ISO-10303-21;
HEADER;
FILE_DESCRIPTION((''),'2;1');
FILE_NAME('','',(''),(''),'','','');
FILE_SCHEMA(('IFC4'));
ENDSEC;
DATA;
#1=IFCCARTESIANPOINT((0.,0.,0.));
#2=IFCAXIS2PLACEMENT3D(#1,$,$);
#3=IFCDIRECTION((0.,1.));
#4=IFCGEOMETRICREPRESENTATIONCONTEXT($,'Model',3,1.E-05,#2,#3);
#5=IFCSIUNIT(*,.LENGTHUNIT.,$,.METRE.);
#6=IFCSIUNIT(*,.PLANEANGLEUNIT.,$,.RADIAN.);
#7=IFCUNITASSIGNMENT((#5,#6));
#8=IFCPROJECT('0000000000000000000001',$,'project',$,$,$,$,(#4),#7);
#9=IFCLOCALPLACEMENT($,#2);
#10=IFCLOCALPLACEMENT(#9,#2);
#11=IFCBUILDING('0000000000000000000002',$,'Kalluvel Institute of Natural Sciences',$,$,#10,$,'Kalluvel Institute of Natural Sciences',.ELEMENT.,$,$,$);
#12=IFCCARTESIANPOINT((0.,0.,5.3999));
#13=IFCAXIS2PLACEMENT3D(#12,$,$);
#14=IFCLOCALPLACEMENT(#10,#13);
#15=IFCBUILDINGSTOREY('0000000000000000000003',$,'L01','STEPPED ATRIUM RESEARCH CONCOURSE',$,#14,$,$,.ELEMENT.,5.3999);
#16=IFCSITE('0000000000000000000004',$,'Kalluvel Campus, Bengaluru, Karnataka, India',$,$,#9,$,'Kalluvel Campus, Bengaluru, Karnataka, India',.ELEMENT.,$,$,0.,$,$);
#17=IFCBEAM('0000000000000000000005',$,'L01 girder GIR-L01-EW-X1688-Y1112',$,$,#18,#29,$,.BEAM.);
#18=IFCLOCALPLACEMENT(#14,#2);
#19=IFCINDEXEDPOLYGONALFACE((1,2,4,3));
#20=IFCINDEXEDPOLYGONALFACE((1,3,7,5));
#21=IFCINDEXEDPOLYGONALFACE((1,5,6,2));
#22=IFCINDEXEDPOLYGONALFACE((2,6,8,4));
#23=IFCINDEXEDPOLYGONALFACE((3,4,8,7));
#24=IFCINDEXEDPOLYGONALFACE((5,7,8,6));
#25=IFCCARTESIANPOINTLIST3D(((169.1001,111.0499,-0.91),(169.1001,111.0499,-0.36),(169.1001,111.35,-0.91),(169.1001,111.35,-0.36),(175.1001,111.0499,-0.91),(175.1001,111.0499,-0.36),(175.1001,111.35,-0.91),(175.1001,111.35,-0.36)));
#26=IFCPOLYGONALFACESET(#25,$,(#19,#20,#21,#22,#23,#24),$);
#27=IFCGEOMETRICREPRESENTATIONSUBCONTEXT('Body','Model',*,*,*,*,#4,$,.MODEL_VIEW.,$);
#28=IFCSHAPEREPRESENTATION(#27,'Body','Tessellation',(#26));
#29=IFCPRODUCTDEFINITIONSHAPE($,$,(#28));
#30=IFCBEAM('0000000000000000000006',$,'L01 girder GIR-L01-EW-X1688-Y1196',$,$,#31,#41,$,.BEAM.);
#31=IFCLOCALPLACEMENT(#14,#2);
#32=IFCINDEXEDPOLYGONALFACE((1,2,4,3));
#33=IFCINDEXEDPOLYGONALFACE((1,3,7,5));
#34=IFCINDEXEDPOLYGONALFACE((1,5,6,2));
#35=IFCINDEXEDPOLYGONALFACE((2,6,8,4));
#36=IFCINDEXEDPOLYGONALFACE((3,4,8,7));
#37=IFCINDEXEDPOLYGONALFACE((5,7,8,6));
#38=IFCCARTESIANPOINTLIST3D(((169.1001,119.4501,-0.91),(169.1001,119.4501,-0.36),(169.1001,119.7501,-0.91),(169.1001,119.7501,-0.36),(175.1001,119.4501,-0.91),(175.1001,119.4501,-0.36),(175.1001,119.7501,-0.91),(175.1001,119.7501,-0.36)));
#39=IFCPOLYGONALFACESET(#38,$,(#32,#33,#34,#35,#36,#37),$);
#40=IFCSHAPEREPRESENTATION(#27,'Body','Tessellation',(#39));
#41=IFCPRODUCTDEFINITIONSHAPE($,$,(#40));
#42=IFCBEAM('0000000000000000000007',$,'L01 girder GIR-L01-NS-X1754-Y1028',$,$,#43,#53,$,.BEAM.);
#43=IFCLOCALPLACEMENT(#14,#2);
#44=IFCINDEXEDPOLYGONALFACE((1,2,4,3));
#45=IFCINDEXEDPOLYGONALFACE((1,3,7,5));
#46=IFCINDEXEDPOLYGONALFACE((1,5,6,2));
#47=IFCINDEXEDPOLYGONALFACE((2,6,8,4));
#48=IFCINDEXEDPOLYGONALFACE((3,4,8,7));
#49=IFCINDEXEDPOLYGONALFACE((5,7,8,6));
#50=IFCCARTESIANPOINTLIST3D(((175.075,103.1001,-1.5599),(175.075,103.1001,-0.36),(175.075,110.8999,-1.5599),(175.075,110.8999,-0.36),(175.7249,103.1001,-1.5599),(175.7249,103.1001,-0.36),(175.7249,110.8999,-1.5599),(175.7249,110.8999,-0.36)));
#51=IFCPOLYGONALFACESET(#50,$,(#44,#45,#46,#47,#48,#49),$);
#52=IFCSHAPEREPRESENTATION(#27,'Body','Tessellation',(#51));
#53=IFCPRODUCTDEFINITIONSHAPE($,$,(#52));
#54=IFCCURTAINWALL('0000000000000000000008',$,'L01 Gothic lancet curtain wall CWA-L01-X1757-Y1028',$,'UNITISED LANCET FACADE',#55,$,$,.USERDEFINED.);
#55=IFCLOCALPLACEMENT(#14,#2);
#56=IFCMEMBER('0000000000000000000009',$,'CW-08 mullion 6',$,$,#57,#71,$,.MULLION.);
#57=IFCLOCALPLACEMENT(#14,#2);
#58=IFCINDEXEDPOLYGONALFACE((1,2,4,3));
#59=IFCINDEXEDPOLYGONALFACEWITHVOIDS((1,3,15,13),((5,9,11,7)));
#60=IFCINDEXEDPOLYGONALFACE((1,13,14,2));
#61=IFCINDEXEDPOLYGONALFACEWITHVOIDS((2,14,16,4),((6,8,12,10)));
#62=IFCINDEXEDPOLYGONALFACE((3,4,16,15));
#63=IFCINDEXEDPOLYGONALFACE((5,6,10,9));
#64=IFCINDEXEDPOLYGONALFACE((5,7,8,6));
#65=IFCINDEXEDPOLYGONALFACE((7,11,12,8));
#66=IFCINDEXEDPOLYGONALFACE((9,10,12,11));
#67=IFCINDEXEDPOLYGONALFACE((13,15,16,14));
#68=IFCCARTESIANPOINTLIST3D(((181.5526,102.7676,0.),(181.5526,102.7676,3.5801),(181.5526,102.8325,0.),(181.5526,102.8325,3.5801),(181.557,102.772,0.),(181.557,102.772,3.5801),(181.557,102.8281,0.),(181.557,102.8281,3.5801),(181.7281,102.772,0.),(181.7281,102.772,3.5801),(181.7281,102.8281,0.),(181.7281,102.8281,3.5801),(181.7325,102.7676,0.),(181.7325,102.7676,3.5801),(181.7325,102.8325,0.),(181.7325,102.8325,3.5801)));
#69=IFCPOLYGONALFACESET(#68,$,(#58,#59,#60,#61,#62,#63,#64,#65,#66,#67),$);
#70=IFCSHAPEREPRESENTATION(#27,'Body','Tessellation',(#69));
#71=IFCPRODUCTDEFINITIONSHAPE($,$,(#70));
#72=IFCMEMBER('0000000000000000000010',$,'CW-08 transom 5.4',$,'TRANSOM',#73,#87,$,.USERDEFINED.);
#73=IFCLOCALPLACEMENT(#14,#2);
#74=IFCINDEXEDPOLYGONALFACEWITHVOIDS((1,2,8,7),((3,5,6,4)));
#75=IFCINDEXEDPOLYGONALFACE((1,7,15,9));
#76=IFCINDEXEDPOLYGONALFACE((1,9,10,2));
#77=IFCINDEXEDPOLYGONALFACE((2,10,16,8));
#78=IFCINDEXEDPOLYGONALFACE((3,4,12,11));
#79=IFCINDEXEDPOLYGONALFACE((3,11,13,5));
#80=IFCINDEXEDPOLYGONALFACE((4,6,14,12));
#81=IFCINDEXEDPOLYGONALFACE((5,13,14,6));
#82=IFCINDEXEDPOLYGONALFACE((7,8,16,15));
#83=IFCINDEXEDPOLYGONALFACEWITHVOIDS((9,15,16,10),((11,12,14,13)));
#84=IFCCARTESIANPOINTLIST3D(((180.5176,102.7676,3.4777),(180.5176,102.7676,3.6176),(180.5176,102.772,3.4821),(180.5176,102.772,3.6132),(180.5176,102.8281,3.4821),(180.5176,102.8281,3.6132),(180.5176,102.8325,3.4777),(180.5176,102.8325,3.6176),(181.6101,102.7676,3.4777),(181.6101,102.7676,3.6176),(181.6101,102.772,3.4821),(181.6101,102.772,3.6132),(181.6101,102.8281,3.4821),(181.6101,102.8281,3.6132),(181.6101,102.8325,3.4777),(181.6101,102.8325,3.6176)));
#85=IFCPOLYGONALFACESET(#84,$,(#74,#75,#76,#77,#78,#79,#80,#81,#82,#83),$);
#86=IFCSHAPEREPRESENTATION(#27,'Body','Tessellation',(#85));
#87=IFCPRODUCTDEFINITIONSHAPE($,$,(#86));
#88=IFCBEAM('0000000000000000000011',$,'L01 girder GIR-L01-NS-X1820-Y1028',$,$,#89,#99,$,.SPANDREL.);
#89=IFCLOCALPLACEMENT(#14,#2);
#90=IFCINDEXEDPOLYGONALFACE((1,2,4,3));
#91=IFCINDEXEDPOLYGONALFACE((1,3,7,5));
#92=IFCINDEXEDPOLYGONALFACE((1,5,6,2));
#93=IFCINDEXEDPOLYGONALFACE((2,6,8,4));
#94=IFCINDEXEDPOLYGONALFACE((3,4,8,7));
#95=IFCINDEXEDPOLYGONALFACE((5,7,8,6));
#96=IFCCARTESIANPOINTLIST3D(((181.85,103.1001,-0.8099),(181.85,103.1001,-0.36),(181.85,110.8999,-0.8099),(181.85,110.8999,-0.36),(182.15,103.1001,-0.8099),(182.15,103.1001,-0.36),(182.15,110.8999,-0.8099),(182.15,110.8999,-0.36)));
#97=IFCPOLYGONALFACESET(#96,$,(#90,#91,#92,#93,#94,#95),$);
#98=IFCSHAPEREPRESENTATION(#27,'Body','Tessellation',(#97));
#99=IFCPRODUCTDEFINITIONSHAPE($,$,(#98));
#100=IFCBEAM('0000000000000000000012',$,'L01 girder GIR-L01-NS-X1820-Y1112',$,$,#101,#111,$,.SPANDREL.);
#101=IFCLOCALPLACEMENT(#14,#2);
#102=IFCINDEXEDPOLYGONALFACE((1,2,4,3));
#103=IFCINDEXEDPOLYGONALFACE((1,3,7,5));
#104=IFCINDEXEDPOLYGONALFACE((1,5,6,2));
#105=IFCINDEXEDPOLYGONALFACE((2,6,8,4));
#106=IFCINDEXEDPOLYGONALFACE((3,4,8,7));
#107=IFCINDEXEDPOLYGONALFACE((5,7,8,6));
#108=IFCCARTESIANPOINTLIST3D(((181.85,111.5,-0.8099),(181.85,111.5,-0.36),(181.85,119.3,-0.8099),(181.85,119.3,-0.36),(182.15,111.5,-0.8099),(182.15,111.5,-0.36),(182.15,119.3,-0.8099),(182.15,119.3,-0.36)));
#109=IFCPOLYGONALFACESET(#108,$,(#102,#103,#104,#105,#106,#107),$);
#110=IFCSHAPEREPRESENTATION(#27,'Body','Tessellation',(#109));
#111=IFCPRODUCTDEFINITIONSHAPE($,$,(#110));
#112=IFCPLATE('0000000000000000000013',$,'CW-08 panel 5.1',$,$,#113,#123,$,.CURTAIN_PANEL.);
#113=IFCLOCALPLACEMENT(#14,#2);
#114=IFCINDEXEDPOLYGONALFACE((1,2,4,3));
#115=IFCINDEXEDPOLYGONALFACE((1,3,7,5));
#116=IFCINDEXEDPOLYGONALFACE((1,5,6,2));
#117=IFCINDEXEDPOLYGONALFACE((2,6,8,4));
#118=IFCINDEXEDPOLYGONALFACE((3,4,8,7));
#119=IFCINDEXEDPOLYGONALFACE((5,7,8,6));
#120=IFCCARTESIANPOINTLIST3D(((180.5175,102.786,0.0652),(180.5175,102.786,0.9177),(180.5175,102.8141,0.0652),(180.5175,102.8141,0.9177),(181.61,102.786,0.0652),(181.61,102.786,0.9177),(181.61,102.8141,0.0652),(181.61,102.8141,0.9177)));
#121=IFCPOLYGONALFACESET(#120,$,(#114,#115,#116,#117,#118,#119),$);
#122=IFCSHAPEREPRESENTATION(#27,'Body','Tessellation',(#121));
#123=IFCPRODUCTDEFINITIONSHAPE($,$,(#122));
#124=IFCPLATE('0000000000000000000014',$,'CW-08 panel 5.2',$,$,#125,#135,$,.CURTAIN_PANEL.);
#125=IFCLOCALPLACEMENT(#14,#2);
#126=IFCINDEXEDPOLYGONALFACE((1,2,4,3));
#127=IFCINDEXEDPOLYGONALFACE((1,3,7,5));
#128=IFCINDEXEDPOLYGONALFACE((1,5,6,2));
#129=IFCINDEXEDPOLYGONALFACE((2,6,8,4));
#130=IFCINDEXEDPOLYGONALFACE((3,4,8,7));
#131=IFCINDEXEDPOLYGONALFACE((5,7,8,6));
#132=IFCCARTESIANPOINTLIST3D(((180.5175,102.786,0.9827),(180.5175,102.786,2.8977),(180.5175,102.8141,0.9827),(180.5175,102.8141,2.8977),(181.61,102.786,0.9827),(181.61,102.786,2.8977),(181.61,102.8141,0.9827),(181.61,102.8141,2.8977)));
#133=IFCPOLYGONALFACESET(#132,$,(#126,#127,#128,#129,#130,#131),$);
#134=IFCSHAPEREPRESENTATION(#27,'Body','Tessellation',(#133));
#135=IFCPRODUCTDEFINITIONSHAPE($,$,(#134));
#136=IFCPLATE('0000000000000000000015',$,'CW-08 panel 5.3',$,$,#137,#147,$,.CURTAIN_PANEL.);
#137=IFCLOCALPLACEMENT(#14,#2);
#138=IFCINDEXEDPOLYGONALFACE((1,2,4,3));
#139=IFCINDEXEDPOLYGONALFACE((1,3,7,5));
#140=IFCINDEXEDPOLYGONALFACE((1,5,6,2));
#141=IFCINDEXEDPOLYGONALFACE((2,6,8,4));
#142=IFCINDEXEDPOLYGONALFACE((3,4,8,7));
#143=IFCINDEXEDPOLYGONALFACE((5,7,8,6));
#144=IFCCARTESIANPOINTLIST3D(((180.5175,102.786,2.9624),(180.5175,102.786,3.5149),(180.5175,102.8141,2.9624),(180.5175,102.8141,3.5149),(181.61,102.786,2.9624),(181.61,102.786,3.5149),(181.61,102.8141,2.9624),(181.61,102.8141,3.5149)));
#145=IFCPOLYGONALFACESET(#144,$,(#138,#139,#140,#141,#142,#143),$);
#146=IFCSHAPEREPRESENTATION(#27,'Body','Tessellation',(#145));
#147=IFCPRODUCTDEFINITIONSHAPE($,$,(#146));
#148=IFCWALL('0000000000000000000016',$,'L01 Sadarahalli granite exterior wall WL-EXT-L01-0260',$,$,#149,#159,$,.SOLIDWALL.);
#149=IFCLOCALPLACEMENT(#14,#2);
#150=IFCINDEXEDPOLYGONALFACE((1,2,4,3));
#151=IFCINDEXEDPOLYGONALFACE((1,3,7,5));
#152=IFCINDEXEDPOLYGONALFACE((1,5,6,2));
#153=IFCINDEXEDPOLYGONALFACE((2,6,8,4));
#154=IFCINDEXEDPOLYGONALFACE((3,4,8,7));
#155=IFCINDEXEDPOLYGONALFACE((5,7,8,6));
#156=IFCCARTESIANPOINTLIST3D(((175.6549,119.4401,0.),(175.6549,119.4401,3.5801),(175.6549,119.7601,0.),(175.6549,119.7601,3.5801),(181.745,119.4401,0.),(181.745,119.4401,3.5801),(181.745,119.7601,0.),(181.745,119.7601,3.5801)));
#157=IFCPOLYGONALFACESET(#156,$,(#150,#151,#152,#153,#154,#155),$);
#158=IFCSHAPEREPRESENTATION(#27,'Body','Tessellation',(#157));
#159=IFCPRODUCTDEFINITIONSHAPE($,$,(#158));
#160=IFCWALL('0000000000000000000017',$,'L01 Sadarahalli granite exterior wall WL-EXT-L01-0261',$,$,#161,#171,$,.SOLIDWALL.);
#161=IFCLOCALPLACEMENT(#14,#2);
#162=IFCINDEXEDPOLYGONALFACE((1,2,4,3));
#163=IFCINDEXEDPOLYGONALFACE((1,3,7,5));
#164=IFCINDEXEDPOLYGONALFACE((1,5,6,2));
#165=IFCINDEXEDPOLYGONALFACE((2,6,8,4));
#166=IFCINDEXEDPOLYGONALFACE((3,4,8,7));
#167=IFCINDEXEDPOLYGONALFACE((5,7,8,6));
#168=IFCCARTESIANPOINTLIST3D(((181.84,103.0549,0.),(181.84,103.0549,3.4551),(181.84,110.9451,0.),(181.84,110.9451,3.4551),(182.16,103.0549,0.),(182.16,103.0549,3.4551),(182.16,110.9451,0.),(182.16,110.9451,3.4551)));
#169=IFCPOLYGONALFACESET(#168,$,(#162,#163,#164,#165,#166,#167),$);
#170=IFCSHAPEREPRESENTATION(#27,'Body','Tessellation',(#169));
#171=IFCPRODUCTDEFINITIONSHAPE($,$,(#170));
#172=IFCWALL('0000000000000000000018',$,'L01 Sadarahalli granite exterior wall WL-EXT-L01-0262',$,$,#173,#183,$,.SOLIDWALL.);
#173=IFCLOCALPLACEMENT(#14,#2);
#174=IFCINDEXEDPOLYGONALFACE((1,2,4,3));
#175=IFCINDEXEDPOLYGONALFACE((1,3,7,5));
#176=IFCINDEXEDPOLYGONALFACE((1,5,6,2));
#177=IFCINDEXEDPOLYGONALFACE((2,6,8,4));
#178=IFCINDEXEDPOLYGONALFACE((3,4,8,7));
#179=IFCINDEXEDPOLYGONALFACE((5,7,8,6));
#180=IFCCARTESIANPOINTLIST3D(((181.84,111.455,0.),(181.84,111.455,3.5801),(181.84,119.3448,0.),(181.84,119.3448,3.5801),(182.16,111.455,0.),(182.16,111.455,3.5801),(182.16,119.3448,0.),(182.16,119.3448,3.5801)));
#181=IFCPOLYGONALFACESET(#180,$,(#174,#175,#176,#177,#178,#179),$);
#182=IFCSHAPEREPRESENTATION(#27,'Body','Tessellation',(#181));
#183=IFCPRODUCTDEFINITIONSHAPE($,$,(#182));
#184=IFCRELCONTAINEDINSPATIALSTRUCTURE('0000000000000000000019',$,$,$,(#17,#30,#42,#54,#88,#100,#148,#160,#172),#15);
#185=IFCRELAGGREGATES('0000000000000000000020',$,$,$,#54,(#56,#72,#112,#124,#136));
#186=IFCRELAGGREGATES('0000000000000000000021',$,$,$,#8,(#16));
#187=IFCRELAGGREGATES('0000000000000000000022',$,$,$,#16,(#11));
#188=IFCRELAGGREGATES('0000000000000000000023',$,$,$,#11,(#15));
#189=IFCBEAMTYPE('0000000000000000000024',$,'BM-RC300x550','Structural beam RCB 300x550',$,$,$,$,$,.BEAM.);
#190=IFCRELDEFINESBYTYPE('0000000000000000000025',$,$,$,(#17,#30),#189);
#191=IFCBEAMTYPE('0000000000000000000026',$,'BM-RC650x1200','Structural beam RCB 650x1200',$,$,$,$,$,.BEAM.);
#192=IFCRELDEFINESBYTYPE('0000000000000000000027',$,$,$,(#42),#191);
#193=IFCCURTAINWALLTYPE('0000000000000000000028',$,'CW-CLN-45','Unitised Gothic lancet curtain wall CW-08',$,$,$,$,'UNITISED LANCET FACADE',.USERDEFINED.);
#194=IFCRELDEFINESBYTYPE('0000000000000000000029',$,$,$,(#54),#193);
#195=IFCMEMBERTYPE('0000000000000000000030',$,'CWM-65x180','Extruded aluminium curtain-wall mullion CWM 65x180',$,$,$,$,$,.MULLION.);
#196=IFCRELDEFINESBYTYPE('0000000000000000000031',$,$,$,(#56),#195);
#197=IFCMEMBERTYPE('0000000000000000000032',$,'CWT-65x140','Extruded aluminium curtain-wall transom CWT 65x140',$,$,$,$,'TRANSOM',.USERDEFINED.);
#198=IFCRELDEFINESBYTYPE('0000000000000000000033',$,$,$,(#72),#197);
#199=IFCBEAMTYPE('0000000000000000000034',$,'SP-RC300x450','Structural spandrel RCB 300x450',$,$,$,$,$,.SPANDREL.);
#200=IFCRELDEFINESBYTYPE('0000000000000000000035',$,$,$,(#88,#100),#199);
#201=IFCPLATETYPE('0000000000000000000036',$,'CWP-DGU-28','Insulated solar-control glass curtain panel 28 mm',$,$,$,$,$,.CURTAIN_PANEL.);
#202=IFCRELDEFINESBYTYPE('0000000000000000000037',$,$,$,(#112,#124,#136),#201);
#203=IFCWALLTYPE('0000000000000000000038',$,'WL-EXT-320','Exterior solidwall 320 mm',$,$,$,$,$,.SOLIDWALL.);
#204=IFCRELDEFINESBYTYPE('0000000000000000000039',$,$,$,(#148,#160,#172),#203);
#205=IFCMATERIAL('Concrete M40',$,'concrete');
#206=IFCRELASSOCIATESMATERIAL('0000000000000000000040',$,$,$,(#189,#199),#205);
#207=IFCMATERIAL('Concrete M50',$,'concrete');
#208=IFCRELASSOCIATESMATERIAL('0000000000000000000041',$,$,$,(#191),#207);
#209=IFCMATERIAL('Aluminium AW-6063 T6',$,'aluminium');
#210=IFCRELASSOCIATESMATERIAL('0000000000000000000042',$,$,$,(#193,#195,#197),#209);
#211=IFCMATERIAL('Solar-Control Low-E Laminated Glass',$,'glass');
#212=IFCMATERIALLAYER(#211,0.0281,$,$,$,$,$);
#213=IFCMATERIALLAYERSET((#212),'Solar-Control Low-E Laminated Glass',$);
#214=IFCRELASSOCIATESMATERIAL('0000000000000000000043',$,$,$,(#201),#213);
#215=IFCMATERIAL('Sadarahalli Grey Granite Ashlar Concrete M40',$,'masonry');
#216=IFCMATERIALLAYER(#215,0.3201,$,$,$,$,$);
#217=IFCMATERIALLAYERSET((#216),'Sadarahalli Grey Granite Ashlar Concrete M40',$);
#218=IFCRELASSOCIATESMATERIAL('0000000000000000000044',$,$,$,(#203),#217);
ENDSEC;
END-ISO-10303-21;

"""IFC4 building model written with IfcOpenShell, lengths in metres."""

from ifc_helpers import new_model, si_unit, direction, frame, frame_2d, origin, origin_2d, place, context, subcontext, project, spatial, rectangle, hollow_rectangle, extrude, material, layer, layer_set, material_profile, profile_set, type_object, element, aggregate, save


model = new_model("IFC4")

# Units and contexts
model_context = context("Model", 3, precision=1e-05, world=origin(), true_north=direction((0.0, 1.0)))
body_context = subcontext(model_context, "Body", "Model", "MODEL_VIEW")
ifc_project = project(units=[si_unit("LENGTHUNIT", "METRE"), si_unit("PLANEANGLEUNIT", "RADIAN")], contexts=[model_context])

# Site, building, storey
site_placement = place(None, origin())
site = spatial("IfcSite", under=ifc_project, at=site_placement, Name="Kalluvel Campus, Bengaluru, Karnataka, India", LongName="Kalluvel Campus, Bengaluru, Karnataka, India", CompositionType="ELEMENT", RefElevation=0.0)
building_placement = place(site_placement, origin())
building = spatial("IfcBuilding", under=site, at=building_placement, Name="Kalluvel Institute of Natural Sciences", LongName="Kalluvel Institute of Natural Sciences", CompositionType="ELEMENT")
storey_placement = place(building_placement, frame((0.0, 0.0, 5.3999)))
storey = spatial("IfcBuildingStorey", under=building, at=storey_placement, Name="L01", Description="STEPPED ATRIUM RESEARCH CONCOURSE", CompositionType="ELEMENT", Elevation=5.3999)

# Shared definitions
ifc_material_1 = material(Name="Concrete M40", Category="concrete")

# Beams
ifc_material_profile_1 = material_profile(ifc_material_1, rectangle(XDim=0.3, YDim=0.55, at=origin_2d()), Name="RCB 300x550")
ifc_profile_set_1 = profile_set([ifc_material_profile_1], Name="Concrete M40")
beam_type_1 = type_object("IfcBeamType", Name="BM-RC300x550", Description="Structural beam RCB 300x550", PredefinedType="BEAM", material=ifc_profile_set_1)
for number, where, z_axis, x_axis, name in (
    (1, (169.1001, 111.2, -0.635), (1.0, 0.0, 0.0), (0.0, 1.0, 0.0), "L01 girder GIR-L01-EW-X1688-Y1112"),
    (2, (169.1001, 119.6001, -0.635), (1.0, 0.0, 0.0), (0.0, 1.0, 0.0), "L01 girder GIR-L01-EW-X1688-Y1196"),
):
    element("IfcBeam", number, at=place(storey_placement, frame(where, z_axis=z_axis, x_axis=x_axis)), inside=storey, type_object=beam_type_1, Name=name, PredefinedType="BEAM", context=body_context, shape_type="SweptSolid", body=[
        extrude(rectangle(XDim=0.3, YDim=0.55, at=origin_2d()), origin(), (0.0, 0.0, 1.0), 6.0),
    ])
ifc_material_2 = material(Name="Concrete M50", Category="concrete")
ifc_material_profile_2 = material_profile(ifc_material_2, rectangle(XDim=0.6499, YDim=1.2, at=origin_2d()), Name="RCB 650x1200")
ifc_profile_set_2 = profile_set([ifc_material_profile_2], Name="Concrete M50")
beam_type_2 = type_object("IfcBeamType", Name="BM-RC650x1200", Description="Structural beam RCB 650x1200", PredefinedType="BEAM", material=ifc_profile_set_2)
beam_1_placement = place(storey_placement, frame((175.3999, 103.1001, -0.96), z_axis=(0.0, 1.0, 0.0), x_axis=(-1.0, 0.0, 0.0)))
element("IfcBeam", 3, at=beam_1_placement, inside=storey, type_object=beam_type_2, Name="L01 girder GIR-L01-NS-X1754-Y1028", PredefinedType="BEAM", context=body_context, shape_type="SweptSolid", body=[
    extrude(rectangle(XDim=0.6499, YDim=1.2, at=origin_2d()), origin(), (0.0, 0.0, 1.0), 7.7998),
])

# Curtain wall, members
ifc_material_3 = material(Name="Aluminium AW-6063 T6", Category="aluminium")
curtain_wall_type = type_object("IfcCurtainWallType", Name="CW-CLN-45", Description="Unitised Gothic lancet curtain wall CW-08", ElementType="UNITISED LANCET FACADE", PredefinedType="USERDEFINED", material=ifc_material_3)
curtain_wall_placement = place(storey_placement, origin())
curtain_wall = element("IfcCurtainWall", 4, at=curtain_wall_placement, inside=storey, type_object=curtain_wall_type, Name="L01 Gothic lancet curtain wall CWA-L01-X1757-Y1028", ObjectType="UNITISED LANCET FACADE", PredefinedType="USERDEFINED")
ifc_material_profile_3 = material_profile(ifc_material_3, hollow_rectangle(XDim=0.0649, YDim=0.1799, WallThickness=0.0044, at=origin_2d()), Name="CWM 65x180")
ifc_profile_set_3 = profile_set([ifc_material_profile_3], Name="Aluminium AW-6063 T6")
member_type_1 = type_object("IfcMemberType", Name="CWM-65x180", Description="Extruded aluminium curtain-wall mullion CWM 65x180", PredefinedType="MULLION", material=ifc_profile_set_3)
member_1_placement = place(storey_placement, frame((181.6426, 102.8, 0.0), z_axis=(0.0, 0.0, 1.0), x_axis=(0.0, 1.0, 0.0)))
member_1 = element("IfcMember", 5, at=member_1_placement, type_object=member_type_1, Name="CW-08 mullion 6", PredefinedType="MULLION", context=body_context, shape_type="SweptSolid", body=[
    extrude(hollow_rectangle(XDim=0.0649, YDim=0.1799, WallThickness=0.0044, at=origin_2d()), origin(), (0.0, 0.0, 1.0), 3.5801),
])
ifc_material_profile_4 = material_profile(ifc_material_3, hollow_rectangle(XDim=0.0649, YDim=0.1399, WallThickness=0.0044, at=origin_2d()), Name="CWT 65x140")
ifc_profile_set_4 = profile_set([ifc_material_profile_4], Name="Aluminium AW-6063 T6")
member_type_2 = type_object("IfcMemberType", Name="CWT-65x140", Description="Extruded aluminium curtain-wall transom CWT 65x140", ElementType="TRANSOM", PredefinedType="USERDEFINED", material=ifc_profile_set_4)
member_2_placement = place(storey_placement, frame((180.5176, 102.8, 3.5476), z_axis=(1.0, 0.0, 0.0), x_axis=(0.0, 1.0, 0.0)))
member_2 = element("IfcMember", 6, at=member_2_placement, type_object=member_type_2, Name="CW-08 transom 5.4", ObjectType="TRANSOM", PredefinedType="USERDEFINED", context=body_context, shape_type="SweptSolid", body=[
    extrude(hollow_rectangle(XDim=0.0649, YDim=0.1399, WallThickness=0.0044, at=origin_2d()), origin(), (0.0, 0.0, 1.0), 1.0925),
])

# Beams
ifc_material_profile_5 = material_profile(ifc_material_1, rectangle(XDim=0.3, YDim=0.45, at=origin_2d()), Name="RCB 300x450")
ifc_profile_set_5 = profile_set([ifc_material_profile_5], Name="Concrete M40")
beam_type_3 = type_object("IfcBeamType", Name="SP-RC300x450", Description="Structural spandrel RCB 300x450", PredefinedType="SPANDREL", material=ifc_profile_set_5)
beam_2_placement = place(storey_placement, frame((182.0, 103.1001, -0.585), z_axis=(0.0, 1.0, 0.0), x_axis=(-1.0, 0.0, 0.0)))
element("IfcBeam", 7, at=beam_2_placement, inside=storey, type_object=beam_type_3, Name="L01 girder GIR-L01-NS-X1820-Y1028", PredefinedType="SPANDREL", context=body_context, shape_type="SweptSolid", body=[
    extrude(rectangle(XDim=0.3, YDim=0.45, at=origin_2d()), origin(), (0.0, 0.0, 1.0), 7.7998),
])
beam_3_placement = place(storey_placement, frame((182.0, 111.5, -0.585), z_axis=(0.0, 1.0, 0.0), x_axis=(-1.0, 0.0, 0.0)))
element("IfcBeam", 8, at=beam_3_placement, inside=storey, type_object=beam_type_3, Name="L01 girder GIR-L01-NS-X1820-Y1112", PredefinedType="SPANDREL", context=body_context, shape_type="SweptSolid", body=[
    extrude(rectangle(XDim=0.3, YDim=0.45, at=origin_2d()), origin(), (0.0, 0.0, 1.0), 7.8),
])

# Plates
ifc_material_4 = material(Name="Solar-Control Low-E Laminated Glass", Category="glass")
ifc_layer_1 = layer(ifc_material_4, 0.0281)
ifc_layer_set_1 = layer_set([ifc_layer_1], Name="Solar-Control Low-E Laminated Glass")
plate_type = type_object("IfcPlateType", Name="CWP-DGU-28", Description="Insulated solar-control glass curtain panel 28 mm", PredefinedType="CURTAIN_PANEL", material=ifc_layer_set_1)
plate_1_placement = place(storey_placement, frame((181.0637, 102.8, 0.0652), z_axis=(0.0, 0.0, 1.0), x_axis=(1.0, 0.0, 0.0)))
plate_1 = element("IfcPlate", 9, at=plate_1_placement, type_object=plate_type, Name="CW-08 panel 5.1", PredefinedType="CURTAIN_PANEL", context=body_context, shape_type="SweptSolid", body=[
    extrude(rectangle(XDim=1.0925, YDim=0.0281, at=origin_2d()), origin(), (0.0, 0.0, 1.0), 0.8525),
])
plate_2_placement = place(storey_placement, frame((181.0637, 102.8, 0.9827), z_axis=(0.0, 0.0, 1.0), x_axis=(1.0, 0.0, 0.0)))
plate_2 = element("IfcPlate", 10, at=plate_2_placement, type_object=plate_type, Name="CW-08 panel 5.2", PredefinedType="CURTAIN_PANEL", context=body_context, shape_type="SweptSolid", body=[
    extrude(rectangle(XDim=1.0925, YDim=0.0281, at=origin_2d()), origin(), (0.0, 0.0, 1.0), 1.915),
])
plate_3_placement = place(storey_placement, frame((181.0637, 102.8, 2.9624), z_axis=(0.0, 0.0, 1.0), x_axis=(1.0, 0.0, 0.0)))
plate_3 = element("IfcPlate", 11, at=plate_3_placement, type_object=plate_type, Name="CW-08 panel 5.3", PredefinedType="CURTAIN_PANEL", context=body_context, shape_type="SweptSolid", body=[
    extrude(rectangle(XDim=1.0925, YDim=0.0281, at=origin_2d()), origin(), (0.0, 0.0, 1.0), 0.5525),
])
aggregate(curtain_wall, [member_1, member_2, plate_1, plate_2, plate_3])

# Walls
ifc_material_5 = material(Name="Sadarahalli Grey Granite Ashlar Concrete M40", Category="masonry")
ifc_layer_2 = layer(ifc_material_5, 0.3201)
ifc_layer_set_2 = layer_set([ifc_layer_2], Name="Sadarahalli Grey Granite Ashlar Concrete M40")
wall_type = type_object("IfcWallType", Name="WL-EXT-320", Description="Exterior solidwall 320 mm", PredefinedType="SOLIDWALL", material=ifc_layer_set_2)
wall_1_placement = place(storey_placement, frame((175.655, 119.6001, 0.0), z_axis=(0.0, 0.0, 1.0), x_axis=(1.0, 0.0, 0.0)))
element("IfcWall", 12, at=wall_1_placement, inside=storey, type_object=wall_type, Name="L01 Sadarahalli granite exterior wall WL-EXT-L01-0260", PredefinedType="SOLIDWALL", context=body_context, shape_type="SweptSolid", body=[
    extrude(rectangle(XDim=6.0901, YDim=0.3201, at=frame_2d((3.0449, 0.0))), origin(), (0.0, 0.0, 1.0), 3.5801),
])
wall_2_placement = place(storey_placement, frame((182.0, 103.0549, 0.0), z_axis=(0.0, 0.0, 1.0), x_axis=(0.0, 1.0, 0.0)))
element("IfcWall", 13, at=wall_2_placement, inside=storey, type_object=wall_type, Name="L01 Sadarahalli granite exterior wall WL-EXT-L01-0261", PredefinedType="SOLIDWALL", context=body_context, shape_type="SweptSolid", body=[
    extrude(rectangle(XDim=7.8901, YDim=0.3201, at=frame_2d((3.9451, 0.0))), origin(), (0.0, 0.0, 1.0), 3.4551),
])
wall_3_placement = place(storey_placement, frame((182.0, 111.4551, 0.0), z_axis=(0.0, 0.0, 1.0), x_axis=(0.0, 1.0, 0.0)))
element("IfcWall", 14, at=wall_3_placement, inside=storey, type_object=wall_type, Name="L01 Sadarahalli granite exterior wall WL-EXT-L01-0262", PredefinedType="SOLIDWALL", context=body_context, shape_type="SweptSolid", body=[
    extrude(rectangle(XDim=7.8899, YDim=0.3201, at=frame_2d((3.9448, 0.0))), origin(), (0.0, 0.0, 1.0), 3.5801),
])

save(model, "model.ifc")
